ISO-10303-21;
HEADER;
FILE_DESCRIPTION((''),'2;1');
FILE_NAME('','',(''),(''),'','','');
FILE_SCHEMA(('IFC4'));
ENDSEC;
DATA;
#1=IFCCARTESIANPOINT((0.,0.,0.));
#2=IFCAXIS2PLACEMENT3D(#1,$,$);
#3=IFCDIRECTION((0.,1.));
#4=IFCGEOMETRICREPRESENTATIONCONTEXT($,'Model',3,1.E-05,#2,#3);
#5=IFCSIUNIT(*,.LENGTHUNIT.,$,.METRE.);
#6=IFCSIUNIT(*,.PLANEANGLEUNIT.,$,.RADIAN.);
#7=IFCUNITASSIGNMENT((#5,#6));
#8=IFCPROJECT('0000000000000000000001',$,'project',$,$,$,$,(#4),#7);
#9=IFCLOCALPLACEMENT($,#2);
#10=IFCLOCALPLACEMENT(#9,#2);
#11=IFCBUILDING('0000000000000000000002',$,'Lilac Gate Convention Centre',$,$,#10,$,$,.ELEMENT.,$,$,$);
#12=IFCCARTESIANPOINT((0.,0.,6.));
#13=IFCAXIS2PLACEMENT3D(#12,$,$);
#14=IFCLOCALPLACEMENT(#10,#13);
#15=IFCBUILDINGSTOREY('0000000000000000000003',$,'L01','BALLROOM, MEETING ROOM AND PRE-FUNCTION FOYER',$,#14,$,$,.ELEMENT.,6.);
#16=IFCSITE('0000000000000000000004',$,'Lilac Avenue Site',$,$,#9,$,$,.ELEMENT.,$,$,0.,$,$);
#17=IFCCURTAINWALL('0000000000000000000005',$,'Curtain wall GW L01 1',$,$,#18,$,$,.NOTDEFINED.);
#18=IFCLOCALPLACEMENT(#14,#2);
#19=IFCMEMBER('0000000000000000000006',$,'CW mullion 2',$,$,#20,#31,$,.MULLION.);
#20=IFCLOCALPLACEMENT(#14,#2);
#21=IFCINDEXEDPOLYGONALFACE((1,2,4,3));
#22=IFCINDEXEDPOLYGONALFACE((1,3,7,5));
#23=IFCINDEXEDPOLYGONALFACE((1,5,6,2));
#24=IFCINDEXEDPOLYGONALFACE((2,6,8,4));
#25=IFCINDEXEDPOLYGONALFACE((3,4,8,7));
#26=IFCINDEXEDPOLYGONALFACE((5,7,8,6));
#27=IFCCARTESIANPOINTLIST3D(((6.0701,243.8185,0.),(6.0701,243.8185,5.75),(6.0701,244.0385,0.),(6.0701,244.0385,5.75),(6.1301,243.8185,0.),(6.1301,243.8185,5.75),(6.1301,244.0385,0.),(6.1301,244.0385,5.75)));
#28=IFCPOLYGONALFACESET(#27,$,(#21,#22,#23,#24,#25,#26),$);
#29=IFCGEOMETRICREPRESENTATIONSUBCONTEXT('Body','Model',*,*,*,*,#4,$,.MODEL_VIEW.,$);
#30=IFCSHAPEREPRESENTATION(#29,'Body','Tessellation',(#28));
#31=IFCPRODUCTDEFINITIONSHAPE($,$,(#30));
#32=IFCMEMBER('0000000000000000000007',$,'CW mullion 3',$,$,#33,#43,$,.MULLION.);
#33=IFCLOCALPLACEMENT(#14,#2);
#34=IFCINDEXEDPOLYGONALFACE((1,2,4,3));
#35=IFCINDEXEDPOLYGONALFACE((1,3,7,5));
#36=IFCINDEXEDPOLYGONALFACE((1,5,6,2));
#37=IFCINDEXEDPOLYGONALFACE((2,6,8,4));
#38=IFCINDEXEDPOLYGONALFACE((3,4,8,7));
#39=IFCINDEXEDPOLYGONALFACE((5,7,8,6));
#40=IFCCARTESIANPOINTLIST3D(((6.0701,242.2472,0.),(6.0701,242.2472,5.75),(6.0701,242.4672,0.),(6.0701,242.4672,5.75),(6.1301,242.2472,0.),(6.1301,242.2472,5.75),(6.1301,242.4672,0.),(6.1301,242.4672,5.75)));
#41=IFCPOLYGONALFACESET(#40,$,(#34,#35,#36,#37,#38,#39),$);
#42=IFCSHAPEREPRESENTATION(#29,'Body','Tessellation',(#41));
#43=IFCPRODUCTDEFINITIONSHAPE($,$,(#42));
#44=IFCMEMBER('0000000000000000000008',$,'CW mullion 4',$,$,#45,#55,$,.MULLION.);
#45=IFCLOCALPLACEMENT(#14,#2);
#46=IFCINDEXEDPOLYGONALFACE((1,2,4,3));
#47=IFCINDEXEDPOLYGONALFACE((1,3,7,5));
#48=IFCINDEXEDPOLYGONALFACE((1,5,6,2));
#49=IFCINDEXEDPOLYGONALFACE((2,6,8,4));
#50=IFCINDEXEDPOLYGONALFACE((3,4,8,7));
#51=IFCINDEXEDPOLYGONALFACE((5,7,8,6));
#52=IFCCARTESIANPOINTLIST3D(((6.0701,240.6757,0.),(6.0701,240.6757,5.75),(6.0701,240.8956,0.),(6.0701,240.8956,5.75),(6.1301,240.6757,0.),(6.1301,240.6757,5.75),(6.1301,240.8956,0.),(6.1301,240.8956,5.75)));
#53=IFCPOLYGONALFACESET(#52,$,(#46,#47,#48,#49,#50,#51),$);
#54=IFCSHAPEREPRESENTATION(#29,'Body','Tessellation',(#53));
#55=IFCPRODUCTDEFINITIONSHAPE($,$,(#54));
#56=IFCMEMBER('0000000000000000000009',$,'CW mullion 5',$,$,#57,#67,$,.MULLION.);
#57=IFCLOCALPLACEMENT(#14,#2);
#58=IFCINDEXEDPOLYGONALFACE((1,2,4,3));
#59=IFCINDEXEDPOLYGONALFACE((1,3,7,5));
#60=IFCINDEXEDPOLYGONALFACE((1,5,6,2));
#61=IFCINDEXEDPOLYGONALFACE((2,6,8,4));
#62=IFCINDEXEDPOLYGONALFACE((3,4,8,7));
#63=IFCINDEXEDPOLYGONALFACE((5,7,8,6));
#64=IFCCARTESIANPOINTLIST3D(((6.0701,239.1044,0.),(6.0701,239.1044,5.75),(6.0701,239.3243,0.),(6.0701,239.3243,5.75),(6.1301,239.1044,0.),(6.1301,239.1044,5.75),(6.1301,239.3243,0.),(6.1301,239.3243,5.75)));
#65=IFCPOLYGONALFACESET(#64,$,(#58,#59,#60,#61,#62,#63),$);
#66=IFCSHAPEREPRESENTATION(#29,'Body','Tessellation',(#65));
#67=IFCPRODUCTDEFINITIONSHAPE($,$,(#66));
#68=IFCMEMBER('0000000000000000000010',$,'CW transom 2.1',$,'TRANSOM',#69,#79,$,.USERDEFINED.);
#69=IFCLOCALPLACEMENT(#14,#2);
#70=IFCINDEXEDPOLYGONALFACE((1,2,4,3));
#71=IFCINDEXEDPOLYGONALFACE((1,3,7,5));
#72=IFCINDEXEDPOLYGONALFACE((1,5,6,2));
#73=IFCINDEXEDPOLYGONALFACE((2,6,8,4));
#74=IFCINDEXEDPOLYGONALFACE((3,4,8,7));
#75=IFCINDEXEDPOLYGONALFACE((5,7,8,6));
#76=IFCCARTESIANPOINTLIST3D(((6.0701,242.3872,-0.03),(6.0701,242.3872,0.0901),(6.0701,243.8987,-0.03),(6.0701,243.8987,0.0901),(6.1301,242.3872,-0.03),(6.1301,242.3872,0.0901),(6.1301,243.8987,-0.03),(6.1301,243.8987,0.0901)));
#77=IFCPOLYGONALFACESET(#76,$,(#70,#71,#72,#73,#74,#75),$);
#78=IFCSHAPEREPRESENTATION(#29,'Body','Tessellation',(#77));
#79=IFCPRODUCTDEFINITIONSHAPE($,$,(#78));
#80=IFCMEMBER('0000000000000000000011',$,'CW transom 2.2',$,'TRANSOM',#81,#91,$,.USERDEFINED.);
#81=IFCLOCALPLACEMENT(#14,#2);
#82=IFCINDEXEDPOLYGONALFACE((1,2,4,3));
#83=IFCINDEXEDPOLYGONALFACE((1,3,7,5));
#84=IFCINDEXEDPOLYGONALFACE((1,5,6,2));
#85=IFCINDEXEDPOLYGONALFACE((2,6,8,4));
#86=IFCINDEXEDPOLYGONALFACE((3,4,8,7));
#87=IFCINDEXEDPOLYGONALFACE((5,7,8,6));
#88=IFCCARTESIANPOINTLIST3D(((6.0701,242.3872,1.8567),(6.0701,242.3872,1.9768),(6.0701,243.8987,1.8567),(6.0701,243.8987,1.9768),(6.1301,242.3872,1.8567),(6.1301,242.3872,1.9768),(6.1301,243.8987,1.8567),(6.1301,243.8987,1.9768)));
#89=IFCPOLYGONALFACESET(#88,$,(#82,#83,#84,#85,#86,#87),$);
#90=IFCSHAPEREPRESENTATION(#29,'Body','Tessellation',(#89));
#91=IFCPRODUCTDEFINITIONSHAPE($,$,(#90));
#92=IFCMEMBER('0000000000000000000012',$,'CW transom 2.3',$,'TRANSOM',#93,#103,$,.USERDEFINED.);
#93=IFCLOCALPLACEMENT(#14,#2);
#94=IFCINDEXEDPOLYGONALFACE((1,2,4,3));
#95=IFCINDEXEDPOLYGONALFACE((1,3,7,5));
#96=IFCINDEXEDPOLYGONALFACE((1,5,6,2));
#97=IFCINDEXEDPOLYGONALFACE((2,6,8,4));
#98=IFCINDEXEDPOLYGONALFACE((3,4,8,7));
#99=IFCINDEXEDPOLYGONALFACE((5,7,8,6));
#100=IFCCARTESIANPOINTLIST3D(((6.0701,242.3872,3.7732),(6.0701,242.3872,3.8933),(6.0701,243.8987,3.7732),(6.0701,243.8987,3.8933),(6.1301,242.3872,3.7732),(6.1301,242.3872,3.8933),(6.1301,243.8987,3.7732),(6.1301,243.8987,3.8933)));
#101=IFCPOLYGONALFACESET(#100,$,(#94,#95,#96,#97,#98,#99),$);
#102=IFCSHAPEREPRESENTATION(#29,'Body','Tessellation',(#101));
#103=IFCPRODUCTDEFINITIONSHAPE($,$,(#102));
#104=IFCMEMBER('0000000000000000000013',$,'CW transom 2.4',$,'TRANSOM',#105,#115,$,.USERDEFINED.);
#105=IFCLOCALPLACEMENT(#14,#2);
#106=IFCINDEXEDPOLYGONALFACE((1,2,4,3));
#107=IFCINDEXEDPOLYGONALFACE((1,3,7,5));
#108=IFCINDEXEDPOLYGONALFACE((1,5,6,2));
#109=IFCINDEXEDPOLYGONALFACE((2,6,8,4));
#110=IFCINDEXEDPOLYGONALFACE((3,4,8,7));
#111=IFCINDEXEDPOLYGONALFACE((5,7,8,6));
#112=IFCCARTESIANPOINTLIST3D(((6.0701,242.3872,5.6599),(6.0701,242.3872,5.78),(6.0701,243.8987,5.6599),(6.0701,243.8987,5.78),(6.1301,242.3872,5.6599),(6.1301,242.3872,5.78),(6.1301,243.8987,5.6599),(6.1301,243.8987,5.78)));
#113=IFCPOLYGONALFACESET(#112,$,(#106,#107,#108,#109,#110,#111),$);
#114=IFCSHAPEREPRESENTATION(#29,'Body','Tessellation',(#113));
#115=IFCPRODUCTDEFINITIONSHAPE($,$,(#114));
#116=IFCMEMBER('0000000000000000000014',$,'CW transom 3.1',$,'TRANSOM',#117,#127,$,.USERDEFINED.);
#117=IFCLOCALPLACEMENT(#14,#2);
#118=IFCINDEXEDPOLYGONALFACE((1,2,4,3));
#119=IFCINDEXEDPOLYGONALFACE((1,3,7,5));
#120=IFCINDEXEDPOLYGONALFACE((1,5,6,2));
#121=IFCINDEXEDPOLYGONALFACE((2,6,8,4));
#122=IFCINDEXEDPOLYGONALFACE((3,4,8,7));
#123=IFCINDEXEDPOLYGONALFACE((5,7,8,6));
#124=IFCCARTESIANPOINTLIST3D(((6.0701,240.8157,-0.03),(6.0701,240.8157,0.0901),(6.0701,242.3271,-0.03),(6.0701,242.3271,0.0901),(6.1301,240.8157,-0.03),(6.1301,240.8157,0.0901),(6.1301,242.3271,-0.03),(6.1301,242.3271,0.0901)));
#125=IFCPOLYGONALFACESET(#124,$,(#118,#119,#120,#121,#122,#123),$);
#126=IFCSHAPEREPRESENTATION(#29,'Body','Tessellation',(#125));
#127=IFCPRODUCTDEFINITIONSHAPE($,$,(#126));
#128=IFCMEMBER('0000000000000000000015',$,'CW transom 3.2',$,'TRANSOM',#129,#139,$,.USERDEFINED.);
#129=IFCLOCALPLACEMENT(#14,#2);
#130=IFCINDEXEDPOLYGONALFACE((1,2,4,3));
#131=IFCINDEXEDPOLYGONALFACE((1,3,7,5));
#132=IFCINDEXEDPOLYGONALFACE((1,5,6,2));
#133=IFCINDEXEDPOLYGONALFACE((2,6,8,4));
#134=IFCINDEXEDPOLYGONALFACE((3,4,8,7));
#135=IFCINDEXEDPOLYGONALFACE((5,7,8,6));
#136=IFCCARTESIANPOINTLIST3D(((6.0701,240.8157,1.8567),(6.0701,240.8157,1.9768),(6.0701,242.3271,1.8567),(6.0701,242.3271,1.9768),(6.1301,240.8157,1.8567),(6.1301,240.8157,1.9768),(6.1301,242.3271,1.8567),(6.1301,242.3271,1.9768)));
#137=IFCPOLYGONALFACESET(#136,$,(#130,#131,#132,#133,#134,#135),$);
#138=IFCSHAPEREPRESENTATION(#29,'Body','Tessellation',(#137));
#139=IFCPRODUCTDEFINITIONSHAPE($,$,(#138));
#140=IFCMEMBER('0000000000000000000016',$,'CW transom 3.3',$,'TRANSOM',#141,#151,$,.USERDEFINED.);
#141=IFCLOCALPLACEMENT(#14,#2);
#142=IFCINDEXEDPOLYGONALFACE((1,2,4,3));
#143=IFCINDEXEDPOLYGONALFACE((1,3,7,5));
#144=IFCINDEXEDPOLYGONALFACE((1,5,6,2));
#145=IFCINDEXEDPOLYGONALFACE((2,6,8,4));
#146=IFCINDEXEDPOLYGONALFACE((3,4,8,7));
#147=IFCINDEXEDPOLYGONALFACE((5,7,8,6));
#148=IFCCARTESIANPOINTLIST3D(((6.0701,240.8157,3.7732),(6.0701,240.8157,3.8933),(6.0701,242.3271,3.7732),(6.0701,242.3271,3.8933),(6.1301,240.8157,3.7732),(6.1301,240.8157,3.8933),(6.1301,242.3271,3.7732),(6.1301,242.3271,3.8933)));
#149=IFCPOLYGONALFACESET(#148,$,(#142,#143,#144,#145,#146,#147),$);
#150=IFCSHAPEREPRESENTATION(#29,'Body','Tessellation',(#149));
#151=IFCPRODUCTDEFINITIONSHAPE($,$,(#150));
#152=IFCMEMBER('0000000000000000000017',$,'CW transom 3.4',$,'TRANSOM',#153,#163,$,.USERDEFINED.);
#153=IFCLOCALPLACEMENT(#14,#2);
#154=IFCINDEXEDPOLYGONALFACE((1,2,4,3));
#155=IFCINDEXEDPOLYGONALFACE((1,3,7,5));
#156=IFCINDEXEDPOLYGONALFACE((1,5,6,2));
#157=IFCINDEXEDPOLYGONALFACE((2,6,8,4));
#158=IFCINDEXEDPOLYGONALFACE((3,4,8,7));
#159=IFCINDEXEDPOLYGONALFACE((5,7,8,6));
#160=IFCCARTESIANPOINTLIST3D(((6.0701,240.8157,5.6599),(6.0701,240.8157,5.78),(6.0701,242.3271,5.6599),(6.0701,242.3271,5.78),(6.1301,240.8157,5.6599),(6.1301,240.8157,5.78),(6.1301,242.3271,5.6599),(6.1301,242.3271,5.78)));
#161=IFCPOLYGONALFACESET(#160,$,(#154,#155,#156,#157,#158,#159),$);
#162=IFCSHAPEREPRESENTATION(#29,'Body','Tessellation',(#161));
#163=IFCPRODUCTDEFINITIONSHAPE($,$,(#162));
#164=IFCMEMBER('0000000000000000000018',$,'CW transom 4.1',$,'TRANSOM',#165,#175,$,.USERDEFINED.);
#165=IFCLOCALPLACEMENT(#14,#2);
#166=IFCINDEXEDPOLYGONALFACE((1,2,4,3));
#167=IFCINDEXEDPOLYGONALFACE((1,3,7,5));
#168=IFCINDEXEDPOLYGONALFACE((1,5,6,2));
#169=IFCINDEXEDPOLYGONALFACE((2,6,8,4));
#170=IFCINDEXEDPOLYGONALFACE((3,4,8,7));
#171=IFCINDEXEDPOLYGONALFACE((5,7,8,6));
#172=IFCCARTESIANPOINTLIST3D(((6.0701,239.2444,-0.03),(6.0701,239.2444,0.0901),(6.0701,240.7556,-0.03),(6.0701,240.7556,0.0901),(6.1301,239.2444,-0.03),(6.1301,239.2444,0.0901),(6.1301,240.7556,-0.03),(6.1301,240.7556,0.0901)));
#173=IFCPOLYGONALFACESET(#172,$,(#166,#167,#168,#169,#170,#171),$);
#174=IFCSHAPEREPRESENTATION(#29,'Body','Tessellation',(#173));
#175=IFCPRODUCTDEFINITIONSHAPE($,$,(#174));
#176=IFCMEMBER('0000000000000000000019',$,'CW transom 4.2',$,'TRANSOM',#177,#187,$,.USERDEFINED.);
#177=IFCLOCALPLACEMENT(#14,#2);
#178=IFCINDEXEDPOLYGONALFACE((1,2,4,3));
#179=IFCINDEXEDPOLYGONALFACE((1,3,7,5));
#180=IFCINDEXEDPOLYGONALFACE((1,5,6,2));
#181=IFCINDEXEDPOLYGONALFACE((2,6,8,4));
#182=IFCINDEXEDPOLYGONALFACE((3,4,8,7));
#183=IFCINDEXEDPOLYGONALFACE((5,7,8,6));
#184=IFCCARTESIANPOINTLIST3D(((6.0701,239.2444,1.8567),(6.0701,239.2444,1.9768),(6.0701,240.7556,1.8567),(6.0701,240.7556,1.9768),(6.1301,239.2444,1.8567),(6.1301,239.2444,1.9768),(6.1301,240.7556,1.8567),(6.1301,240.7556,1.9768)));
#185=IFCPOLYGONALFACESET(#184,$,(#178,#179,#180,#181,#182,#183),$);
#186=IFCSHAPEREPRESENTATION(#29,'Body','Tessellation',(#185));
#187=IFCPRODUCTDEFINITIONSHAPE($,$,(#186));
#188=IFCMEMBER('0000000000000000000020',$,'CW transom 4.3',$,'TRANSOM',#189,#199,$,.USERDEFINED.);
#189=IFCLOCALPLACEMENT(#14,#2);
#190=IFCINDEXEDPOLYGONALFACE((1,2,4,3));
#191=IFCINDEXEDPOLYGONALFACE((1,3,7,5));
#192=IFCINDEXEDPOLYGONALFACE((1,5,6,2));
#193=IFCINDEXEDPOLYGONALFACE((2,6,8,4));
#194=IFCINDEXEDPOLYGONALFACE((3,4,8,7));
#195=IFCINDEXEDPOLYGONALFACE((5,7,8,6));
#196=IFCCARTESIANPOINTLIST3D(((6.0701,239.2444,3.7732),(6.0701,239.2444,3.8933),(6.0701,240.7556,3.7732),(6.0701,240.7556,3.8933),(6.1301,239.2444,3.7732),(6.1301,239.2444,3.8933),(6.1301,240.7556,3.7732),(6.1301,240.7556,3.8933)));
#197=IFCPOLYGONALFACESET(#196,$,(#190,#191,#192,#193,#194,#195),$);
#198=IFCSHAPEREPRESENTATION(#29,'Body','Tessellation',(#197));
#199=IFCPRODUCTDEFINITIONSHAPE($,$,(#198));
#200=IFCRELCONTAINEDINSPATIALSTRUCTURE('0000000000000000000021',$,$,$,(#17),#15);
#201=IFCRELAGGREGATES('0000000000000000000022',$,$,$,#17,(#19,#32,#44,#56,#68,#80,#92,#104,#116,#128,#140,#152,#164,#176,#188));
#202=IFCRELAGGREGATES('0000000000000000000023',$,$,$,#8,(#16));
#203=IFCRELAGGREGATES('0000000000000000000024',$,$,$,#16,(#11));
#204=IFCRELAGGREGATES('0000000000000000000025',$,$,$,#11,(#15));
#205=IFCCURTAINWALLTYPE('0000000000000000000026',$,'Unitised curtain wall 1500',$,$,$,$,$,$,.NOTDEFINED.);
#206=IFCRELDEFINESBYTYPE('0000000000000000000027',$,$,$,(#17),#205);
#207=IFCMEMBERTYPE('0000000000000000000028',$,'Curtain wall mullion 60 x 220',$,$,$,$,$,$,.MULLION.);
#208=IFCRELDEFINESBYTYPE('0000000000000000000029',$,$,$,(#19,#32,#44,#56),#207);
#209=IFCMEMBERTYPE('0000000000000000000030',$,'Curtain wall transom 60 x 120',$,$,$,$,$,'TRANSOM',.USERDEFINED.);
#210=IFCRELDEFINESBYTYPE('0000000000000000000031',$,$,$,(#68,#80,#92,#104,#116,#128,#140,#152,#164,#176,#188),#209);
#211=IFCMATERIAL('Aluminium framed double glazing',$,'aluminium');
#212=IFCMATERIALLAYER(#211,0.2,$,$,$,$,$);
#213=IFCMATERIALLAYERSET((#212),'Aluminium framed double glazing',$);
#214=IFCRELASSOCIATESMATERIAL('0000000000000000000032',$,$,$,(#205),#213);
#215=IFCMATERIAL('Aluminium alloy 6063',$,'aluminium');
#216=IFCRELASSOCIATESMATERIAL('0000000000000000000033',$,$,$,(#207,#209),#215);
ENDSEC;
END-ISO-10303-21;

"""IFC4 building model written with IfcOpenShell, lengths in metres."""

from ifc_helpers import new_model, si_unit, direction, frame, origin, origin_2d, place, context, subcontext, project, spatial, rectangle, extrude, material, layer, layer_set, material_profile, profile_set, type_object, element, aggregate, save


model = new_model("IFC4")

# Units and contexts
model_context = context("Model", 3, precision=1e-05, world=origin(), true_north=direction((0.0, 1.0)))
body_context = subcontext(model_context, "Body", "Model", "MODEL_VIEW")
ifc_project = project(units=[si_unit("LENGTHUNIT", "METRE"), si_unit("PLANEANGLEUNIT", "RADIAN")], contexts=[model_context])

# Site, building, storey
site_placement = place(None, origin())
site = spatial("IfcSite", under=ifc_project, at=site_placement, Name="Lilac Avenue Site", CompositionType="ELEMENT", RefElevation=0.0)
building_placement = place(site_placement, origin())
building = spatial("IfcBuilding", under=site, at=building_placement, Name="Lilac Gate Convention Centre", CompositionType="ELEMENT")
storey_placement = place(building_placement, frame((0.0, 0.0, 6.0)))
storey = spatial("IfcBuildingStorey", under=building, at=storey_placement, Name="L01", Description="BALLROOM, MEETING ROOM AND PRE-FUNCTION FOYER", CompositionType="ELEMENT", Elevation=6.0)

# Curtain wall, members
ifc_material_1 = material(Name="Aluminium framed double glazing", Category="aluminium")
ifc_layer_1 = layer(ifc_material_1, 0.2)
ifc_layer_set_1 = layer_set([ifc_layer_1], Name="Aluminium framed double glazing")
curtain_wall_type = type_object("IfcCurtainWallType", Name="Unitised curtain wall 1500", PredefinedType="NOTDEFINED", material=ifc_layer_set_1)
curtain_wall_placement = place(storey_placement, origin())
curtain_wall = element("IfcCurtainWall", 1, at=curtain_wall_placement, inside=storey, type_object=curtain_wall_type, Name="Curtain wall GW L01 1", PredefinedType="NOTDEFINED")
ifc_material_2 = material(Name="Aluminium alloy 6063", Category="aluminium")
ifc_material_profile_1 = material_profile(ifc_material_2, rectangle(XDim=0.0601, YDim=0.22, at=origin_2d()), Name="Curtain wall mullion 60 x 220")
ifc_profile_set_1 = profile_set([ifc_material_profile_1], Name="Aluminium alloy 6063")
member_type_1 = type_object("IfcMemberType", Name="Curtain wall mullion 60 x 220", PredefinedType="MULLION", material=ifc_profile_set_1)
member_1_placement = place(storey_placement, frame((6.1001, 243.9285, 0.0), z_axis=(0.0, 0.0, 1.0), x_axis=(1.0, 0.0, 0.0)))
member_1 = element("IfcMember", 2, at=member_1_placement, type_object=member_type_1, Name="CW mullion 2", PredefinedType="MULLION", context=body_context, shape_type="SweptSolid", body=[
    extrude(rectangle(XDim=0.0601, YDim=0.22, at=origin_2d()), origin(), (0.0, 0.0, 1.0), 5.75),
])
member_2_placement = place(storey_placement, frame((6.1001, 242.3572, 0.0), z_axis=(0.0, 0.0, 1.0), x_axis=(1.0, 0.0, 0.0)))
member_2 = element("IfcMember", 3, at=member_2_placement, type_object=member_type_1, Name="CW mullion 3", PredefinedType="MULLION", context=body_context, shape_type="SweptSolid", body=[
    extrude(rectangle(XDim=0.0601, YDim=0.22, at=origin_2d()), origin(), (0.0, 0.0, 1.0), 5.75),
])
member_3_placement = place(storey_placement, frame((6.1001, 240.7856, 0.0), z_axis=(0.0, 0.0, 1.0), x_axis=(1.0, 0.0, 0.0)))
member_3 = element("IfcMember", 4, at=member_3_placement, type_object=member_type_1, Name="CW mullion 4", PredefinedType="MULLION", context=body_context, shape_type="SweptSolid", body=[
    extrude(rectangle(XDim=0.0601, YDim=0.22, at=origin_2d()), origin(), (0.0, 0.0, 1.0), 5.75),
])
member_4_placement = place(storey_placement, frame((6.1001, 239.2144, 0.0), z_axis=(0.0, 0.0, 1.0), x_axis=(1.0, 0.0, 0.0)))
member_4 = element("IfcMember", 5, at=member_4_placement, type_object=member_type_1, Name="CW mullion 5", PredefinedType="MULLION", context=body_context, shape_type="SweptSolid", body=[
    extrude(rectangle(XDim=0.0601, YDim=0.22, at=origin_2d()), origin(), (0.0, 0.0, 1.0), 5.75),
])
ifc_material_profile_2 = material_profile(ifc_material_2, rectangle(XDim=0.0601, YDim=0.1201, at=origin_2d()), Name="Curtain wall transom 60 x 120")
ifc_profile_set_2 = profile_set([ifc_material_profile_2], Name="Aluminium alloy 6063")
member_type_2 = type_object("IfcMemberType", Name="Curtain wall transom 60 x 120", ElementType="TRANSOM", PredefinedType="USERDEFINED", material=ifc_profile_set_2)
member_5_placement = place(storey_placement, frame((6.1001, 243.8987, 0.03), z_axis=(0.0, -1.0, 0.0), x_axis=(1.0, 0.0, 0.0)))
member_5 = element("IfcMember", 6, at=member_5_placement, type_object=member_type_2, Name="CW transom 2.1", ObjectType="TRANSOM", PredefinedType="USERDEFINED", context=body_context, shape_type="SweptSolid", body=[
    extrude(rectangle(XDim=0.0601, YDim=0.1201, at=origin_2d()), origin(), (0.0, 0.0, 1.0), 1.5115),
])
member_6_placement = place(storey_placement, frame((6.1001, 243.8987, 1.9167), z_axis=(0.0, -1.0, 0.0), x_axis=(1.0, 0.0, 0.0)))
member_6 = element("IfcMember", 7, at=member_6_placement, type_object=member_type_2, Name="CW transom 2.2", ObjectType="TRANSOM", PredefinedType="USERDEFINED", context=body_context, shape_type="SweptSolid", body=[
    extrude(rectangle(XDim=0.0601, YDim=0.1201, at=origin_2d()), origin(), (0.0, 0.0, 1.0), 1.5115),
])
member_7_placement = place(storey_placement, frame((6.1001, 243.8987, 3.8333), z_axis=(0.0, -1.0, 0.0), x_axis=(1.0, 0.0, 0.0)))
member_7 = element("IfcMember", 8, at=member_7_placement, type_object=member_type_2, Name="CW transom 2.3", ObjectType="TRANSOM", PredefinedType="USERDEFINED", context=body_context, shape_type="SweptSolid", body=[
    extrude(rectangle(XDim=0.0601, YDim=0.1201, at=origin_2d()), origin(), (0.0, 0.0, 1.0), 1.5115),
])
member_8_placement = place(storey_placement, frame((6.1001, 243.8987, 5.72), z_axis=(0.0, -1.0, 0.0), x_axis=(1.0, 0.0, 0.0)))
member_8 = element("IfcMember", 9, at=member_8_placement, type_object=member_type_2, Name="CW transom 2.4", ObjectType="TRANSOM", PredefinedType="USERDEFINED", context=body_context, shape_type="SweptSolid", body=[
    extrude(rectangle(XDim=0.0601, YDim=0.1201, at=origin_2d()), origin(), (0.0, 0.0, 1.0), 1.5115),
])
member_9_placement = place(storey_placement, frame((6.1001, 242.3271, 0.03), z_axis=(0.0, -1.0, 0.0), x_axis=(1.0, 0.0, 0.0)))
member_9 = element("IfcMember", 10, at=member_9_placement, type_object=member_type_2, Name="CW transom 3.1", ObjectType="TRANSOM", PredefinedType="USERDEFINED", context=body_context, shape_type="SweptSolid", body=[
    extrude(rectangle(XDim=0.0601, YDim=0.1201, at=origin_2d()), origin(), (0.0, 0.0, 1.0), 1.5115),
])
member_10_placement = place(storey_placement, frame((6.1001, 242.3271, 1.9167), z_axis=(0.0, -1.0, 0.0), x_axis=(1.0, 0.0, 0.0)))
member_10 = element("IfcMember", 11, at=member_10_placement, type_object=member_type_2, Name="CW transom 3.2", ObjectType="TRANSOM", PredefinedType="USERDEFINED", context=body_context, shape_type="SweptSolid", body=[
    extrude(rectangle(XDim=0.0601, YDim=0.1201, at=origin_2d()), origin(), (0.0, 0.0, 1.0), 1.5115),
])
member_11_placement = place(storey_placement, frame((6.1001, 242.3271, 3.8333), z_axis=(0.0, -1.0, 0.0), x_axis=(1.0, 0.0, 0.0)))
member_11 = element("IfcMember", 12, at=member_11_placement, type_object=member_type_2, Name="CW transom 3.3", ObjectType="TRANSOM", PredefinedType="USERDEFINED", context=body_context, shape_type="SweptSolid", body=[
    extrude(rectangle(XDim=0.0601, YDim=0.1201, at=origin_2d()), origin(), (0.0, 0.0, 1.0), 1.5115),
])
member_12_placement = place(storey_placement, frame((6.1001, 242.3271, 5.72), z_axis=(0.0, -1.0, 0.0), x_axis=(1.0, 0.0, 0.0)))
member_12 = element("IfcMember", 13, at=member_12_placement, type_object=member_type_2, Name="CW transom 3.4", ObjectType="TRANSOM", PredefinedType="USERDEFINED", context=body_context, shape_type="SweptSolid", body=[
    extrude(rectangle(XDim=0.0601, YDim=0.1201, at=origin_2d()), origin(), (0.0, 0.0, 1.0), 1.5115),
])
member_13_placement = place(storey_placement, frame((6.1001, 240.7556, 0.03), z_axis=(0.0, -1.0, 0.0), x_axis=(1.0, 0.0, 0.0)))
member_13 = element("IfcMember", 14, at=member_13_placement, type_object=member_type_2, Name="CW transom 4.1", ObjectType="TRANSOM", PredefinedType="USERDEFINED", context=body_context, shape_type="SweptSolid", body=[
    extrude(rectangle(XDim=0.0601, YDim=0.1201, at=origin_2d()), origin(), (0.0, 0.0, 1.0), 1.5112),
])
member_14_placement = place(storey_placement, frame((6.1001, 240.7556, 1.9167), z_axis=(0.0, -1.0, 0.0), x_axis=(1.0, 0.0, 0.0)))
member_14 = element("IfcMember", 15, at=member_14_placement, type_object=member_type_2, Name="CW transom 4.2", ObjectType="TRANSOM", PredefinedType="USERDEFINED", context=body_context, shape_type="SweptSolid", body=[
    extrude(rectangle(XDim=0.0601, YDim=0.1201, at=origin_2d()), origin(), (0.0, 0.0, 1.0), 1.5112),
])
member_15_placement = place(storey_placement, frame((6.1001, 240.7556, 3.8333), z_axis=(0.0, -1.0, 0.0), x_axis=(1.0, 0.0, 0.0)))
member_15 = element("IfcMember", 16, at=member_15_placement, type_object=member_type_2, Name="CW transom 4.3", ObjectType="TRANSOM", PredefinedType="USERDEFINED", context=body_context, shape_type="SweptSolid", body=[
    extrude(rectangle(XDim=0.0601, YDim=0.1201, at=origin_2d()), origin(), (0.0, 0.0, 1.0), 1.5112),
])
aggregate(curtain_wall, [member_1, member_2, member_3, member_4, member_5, member_6, member_7, member_8, member_9, member_10, member_11, member_12, member_13, member_14, member_15])

save(model, "model.ifc")
